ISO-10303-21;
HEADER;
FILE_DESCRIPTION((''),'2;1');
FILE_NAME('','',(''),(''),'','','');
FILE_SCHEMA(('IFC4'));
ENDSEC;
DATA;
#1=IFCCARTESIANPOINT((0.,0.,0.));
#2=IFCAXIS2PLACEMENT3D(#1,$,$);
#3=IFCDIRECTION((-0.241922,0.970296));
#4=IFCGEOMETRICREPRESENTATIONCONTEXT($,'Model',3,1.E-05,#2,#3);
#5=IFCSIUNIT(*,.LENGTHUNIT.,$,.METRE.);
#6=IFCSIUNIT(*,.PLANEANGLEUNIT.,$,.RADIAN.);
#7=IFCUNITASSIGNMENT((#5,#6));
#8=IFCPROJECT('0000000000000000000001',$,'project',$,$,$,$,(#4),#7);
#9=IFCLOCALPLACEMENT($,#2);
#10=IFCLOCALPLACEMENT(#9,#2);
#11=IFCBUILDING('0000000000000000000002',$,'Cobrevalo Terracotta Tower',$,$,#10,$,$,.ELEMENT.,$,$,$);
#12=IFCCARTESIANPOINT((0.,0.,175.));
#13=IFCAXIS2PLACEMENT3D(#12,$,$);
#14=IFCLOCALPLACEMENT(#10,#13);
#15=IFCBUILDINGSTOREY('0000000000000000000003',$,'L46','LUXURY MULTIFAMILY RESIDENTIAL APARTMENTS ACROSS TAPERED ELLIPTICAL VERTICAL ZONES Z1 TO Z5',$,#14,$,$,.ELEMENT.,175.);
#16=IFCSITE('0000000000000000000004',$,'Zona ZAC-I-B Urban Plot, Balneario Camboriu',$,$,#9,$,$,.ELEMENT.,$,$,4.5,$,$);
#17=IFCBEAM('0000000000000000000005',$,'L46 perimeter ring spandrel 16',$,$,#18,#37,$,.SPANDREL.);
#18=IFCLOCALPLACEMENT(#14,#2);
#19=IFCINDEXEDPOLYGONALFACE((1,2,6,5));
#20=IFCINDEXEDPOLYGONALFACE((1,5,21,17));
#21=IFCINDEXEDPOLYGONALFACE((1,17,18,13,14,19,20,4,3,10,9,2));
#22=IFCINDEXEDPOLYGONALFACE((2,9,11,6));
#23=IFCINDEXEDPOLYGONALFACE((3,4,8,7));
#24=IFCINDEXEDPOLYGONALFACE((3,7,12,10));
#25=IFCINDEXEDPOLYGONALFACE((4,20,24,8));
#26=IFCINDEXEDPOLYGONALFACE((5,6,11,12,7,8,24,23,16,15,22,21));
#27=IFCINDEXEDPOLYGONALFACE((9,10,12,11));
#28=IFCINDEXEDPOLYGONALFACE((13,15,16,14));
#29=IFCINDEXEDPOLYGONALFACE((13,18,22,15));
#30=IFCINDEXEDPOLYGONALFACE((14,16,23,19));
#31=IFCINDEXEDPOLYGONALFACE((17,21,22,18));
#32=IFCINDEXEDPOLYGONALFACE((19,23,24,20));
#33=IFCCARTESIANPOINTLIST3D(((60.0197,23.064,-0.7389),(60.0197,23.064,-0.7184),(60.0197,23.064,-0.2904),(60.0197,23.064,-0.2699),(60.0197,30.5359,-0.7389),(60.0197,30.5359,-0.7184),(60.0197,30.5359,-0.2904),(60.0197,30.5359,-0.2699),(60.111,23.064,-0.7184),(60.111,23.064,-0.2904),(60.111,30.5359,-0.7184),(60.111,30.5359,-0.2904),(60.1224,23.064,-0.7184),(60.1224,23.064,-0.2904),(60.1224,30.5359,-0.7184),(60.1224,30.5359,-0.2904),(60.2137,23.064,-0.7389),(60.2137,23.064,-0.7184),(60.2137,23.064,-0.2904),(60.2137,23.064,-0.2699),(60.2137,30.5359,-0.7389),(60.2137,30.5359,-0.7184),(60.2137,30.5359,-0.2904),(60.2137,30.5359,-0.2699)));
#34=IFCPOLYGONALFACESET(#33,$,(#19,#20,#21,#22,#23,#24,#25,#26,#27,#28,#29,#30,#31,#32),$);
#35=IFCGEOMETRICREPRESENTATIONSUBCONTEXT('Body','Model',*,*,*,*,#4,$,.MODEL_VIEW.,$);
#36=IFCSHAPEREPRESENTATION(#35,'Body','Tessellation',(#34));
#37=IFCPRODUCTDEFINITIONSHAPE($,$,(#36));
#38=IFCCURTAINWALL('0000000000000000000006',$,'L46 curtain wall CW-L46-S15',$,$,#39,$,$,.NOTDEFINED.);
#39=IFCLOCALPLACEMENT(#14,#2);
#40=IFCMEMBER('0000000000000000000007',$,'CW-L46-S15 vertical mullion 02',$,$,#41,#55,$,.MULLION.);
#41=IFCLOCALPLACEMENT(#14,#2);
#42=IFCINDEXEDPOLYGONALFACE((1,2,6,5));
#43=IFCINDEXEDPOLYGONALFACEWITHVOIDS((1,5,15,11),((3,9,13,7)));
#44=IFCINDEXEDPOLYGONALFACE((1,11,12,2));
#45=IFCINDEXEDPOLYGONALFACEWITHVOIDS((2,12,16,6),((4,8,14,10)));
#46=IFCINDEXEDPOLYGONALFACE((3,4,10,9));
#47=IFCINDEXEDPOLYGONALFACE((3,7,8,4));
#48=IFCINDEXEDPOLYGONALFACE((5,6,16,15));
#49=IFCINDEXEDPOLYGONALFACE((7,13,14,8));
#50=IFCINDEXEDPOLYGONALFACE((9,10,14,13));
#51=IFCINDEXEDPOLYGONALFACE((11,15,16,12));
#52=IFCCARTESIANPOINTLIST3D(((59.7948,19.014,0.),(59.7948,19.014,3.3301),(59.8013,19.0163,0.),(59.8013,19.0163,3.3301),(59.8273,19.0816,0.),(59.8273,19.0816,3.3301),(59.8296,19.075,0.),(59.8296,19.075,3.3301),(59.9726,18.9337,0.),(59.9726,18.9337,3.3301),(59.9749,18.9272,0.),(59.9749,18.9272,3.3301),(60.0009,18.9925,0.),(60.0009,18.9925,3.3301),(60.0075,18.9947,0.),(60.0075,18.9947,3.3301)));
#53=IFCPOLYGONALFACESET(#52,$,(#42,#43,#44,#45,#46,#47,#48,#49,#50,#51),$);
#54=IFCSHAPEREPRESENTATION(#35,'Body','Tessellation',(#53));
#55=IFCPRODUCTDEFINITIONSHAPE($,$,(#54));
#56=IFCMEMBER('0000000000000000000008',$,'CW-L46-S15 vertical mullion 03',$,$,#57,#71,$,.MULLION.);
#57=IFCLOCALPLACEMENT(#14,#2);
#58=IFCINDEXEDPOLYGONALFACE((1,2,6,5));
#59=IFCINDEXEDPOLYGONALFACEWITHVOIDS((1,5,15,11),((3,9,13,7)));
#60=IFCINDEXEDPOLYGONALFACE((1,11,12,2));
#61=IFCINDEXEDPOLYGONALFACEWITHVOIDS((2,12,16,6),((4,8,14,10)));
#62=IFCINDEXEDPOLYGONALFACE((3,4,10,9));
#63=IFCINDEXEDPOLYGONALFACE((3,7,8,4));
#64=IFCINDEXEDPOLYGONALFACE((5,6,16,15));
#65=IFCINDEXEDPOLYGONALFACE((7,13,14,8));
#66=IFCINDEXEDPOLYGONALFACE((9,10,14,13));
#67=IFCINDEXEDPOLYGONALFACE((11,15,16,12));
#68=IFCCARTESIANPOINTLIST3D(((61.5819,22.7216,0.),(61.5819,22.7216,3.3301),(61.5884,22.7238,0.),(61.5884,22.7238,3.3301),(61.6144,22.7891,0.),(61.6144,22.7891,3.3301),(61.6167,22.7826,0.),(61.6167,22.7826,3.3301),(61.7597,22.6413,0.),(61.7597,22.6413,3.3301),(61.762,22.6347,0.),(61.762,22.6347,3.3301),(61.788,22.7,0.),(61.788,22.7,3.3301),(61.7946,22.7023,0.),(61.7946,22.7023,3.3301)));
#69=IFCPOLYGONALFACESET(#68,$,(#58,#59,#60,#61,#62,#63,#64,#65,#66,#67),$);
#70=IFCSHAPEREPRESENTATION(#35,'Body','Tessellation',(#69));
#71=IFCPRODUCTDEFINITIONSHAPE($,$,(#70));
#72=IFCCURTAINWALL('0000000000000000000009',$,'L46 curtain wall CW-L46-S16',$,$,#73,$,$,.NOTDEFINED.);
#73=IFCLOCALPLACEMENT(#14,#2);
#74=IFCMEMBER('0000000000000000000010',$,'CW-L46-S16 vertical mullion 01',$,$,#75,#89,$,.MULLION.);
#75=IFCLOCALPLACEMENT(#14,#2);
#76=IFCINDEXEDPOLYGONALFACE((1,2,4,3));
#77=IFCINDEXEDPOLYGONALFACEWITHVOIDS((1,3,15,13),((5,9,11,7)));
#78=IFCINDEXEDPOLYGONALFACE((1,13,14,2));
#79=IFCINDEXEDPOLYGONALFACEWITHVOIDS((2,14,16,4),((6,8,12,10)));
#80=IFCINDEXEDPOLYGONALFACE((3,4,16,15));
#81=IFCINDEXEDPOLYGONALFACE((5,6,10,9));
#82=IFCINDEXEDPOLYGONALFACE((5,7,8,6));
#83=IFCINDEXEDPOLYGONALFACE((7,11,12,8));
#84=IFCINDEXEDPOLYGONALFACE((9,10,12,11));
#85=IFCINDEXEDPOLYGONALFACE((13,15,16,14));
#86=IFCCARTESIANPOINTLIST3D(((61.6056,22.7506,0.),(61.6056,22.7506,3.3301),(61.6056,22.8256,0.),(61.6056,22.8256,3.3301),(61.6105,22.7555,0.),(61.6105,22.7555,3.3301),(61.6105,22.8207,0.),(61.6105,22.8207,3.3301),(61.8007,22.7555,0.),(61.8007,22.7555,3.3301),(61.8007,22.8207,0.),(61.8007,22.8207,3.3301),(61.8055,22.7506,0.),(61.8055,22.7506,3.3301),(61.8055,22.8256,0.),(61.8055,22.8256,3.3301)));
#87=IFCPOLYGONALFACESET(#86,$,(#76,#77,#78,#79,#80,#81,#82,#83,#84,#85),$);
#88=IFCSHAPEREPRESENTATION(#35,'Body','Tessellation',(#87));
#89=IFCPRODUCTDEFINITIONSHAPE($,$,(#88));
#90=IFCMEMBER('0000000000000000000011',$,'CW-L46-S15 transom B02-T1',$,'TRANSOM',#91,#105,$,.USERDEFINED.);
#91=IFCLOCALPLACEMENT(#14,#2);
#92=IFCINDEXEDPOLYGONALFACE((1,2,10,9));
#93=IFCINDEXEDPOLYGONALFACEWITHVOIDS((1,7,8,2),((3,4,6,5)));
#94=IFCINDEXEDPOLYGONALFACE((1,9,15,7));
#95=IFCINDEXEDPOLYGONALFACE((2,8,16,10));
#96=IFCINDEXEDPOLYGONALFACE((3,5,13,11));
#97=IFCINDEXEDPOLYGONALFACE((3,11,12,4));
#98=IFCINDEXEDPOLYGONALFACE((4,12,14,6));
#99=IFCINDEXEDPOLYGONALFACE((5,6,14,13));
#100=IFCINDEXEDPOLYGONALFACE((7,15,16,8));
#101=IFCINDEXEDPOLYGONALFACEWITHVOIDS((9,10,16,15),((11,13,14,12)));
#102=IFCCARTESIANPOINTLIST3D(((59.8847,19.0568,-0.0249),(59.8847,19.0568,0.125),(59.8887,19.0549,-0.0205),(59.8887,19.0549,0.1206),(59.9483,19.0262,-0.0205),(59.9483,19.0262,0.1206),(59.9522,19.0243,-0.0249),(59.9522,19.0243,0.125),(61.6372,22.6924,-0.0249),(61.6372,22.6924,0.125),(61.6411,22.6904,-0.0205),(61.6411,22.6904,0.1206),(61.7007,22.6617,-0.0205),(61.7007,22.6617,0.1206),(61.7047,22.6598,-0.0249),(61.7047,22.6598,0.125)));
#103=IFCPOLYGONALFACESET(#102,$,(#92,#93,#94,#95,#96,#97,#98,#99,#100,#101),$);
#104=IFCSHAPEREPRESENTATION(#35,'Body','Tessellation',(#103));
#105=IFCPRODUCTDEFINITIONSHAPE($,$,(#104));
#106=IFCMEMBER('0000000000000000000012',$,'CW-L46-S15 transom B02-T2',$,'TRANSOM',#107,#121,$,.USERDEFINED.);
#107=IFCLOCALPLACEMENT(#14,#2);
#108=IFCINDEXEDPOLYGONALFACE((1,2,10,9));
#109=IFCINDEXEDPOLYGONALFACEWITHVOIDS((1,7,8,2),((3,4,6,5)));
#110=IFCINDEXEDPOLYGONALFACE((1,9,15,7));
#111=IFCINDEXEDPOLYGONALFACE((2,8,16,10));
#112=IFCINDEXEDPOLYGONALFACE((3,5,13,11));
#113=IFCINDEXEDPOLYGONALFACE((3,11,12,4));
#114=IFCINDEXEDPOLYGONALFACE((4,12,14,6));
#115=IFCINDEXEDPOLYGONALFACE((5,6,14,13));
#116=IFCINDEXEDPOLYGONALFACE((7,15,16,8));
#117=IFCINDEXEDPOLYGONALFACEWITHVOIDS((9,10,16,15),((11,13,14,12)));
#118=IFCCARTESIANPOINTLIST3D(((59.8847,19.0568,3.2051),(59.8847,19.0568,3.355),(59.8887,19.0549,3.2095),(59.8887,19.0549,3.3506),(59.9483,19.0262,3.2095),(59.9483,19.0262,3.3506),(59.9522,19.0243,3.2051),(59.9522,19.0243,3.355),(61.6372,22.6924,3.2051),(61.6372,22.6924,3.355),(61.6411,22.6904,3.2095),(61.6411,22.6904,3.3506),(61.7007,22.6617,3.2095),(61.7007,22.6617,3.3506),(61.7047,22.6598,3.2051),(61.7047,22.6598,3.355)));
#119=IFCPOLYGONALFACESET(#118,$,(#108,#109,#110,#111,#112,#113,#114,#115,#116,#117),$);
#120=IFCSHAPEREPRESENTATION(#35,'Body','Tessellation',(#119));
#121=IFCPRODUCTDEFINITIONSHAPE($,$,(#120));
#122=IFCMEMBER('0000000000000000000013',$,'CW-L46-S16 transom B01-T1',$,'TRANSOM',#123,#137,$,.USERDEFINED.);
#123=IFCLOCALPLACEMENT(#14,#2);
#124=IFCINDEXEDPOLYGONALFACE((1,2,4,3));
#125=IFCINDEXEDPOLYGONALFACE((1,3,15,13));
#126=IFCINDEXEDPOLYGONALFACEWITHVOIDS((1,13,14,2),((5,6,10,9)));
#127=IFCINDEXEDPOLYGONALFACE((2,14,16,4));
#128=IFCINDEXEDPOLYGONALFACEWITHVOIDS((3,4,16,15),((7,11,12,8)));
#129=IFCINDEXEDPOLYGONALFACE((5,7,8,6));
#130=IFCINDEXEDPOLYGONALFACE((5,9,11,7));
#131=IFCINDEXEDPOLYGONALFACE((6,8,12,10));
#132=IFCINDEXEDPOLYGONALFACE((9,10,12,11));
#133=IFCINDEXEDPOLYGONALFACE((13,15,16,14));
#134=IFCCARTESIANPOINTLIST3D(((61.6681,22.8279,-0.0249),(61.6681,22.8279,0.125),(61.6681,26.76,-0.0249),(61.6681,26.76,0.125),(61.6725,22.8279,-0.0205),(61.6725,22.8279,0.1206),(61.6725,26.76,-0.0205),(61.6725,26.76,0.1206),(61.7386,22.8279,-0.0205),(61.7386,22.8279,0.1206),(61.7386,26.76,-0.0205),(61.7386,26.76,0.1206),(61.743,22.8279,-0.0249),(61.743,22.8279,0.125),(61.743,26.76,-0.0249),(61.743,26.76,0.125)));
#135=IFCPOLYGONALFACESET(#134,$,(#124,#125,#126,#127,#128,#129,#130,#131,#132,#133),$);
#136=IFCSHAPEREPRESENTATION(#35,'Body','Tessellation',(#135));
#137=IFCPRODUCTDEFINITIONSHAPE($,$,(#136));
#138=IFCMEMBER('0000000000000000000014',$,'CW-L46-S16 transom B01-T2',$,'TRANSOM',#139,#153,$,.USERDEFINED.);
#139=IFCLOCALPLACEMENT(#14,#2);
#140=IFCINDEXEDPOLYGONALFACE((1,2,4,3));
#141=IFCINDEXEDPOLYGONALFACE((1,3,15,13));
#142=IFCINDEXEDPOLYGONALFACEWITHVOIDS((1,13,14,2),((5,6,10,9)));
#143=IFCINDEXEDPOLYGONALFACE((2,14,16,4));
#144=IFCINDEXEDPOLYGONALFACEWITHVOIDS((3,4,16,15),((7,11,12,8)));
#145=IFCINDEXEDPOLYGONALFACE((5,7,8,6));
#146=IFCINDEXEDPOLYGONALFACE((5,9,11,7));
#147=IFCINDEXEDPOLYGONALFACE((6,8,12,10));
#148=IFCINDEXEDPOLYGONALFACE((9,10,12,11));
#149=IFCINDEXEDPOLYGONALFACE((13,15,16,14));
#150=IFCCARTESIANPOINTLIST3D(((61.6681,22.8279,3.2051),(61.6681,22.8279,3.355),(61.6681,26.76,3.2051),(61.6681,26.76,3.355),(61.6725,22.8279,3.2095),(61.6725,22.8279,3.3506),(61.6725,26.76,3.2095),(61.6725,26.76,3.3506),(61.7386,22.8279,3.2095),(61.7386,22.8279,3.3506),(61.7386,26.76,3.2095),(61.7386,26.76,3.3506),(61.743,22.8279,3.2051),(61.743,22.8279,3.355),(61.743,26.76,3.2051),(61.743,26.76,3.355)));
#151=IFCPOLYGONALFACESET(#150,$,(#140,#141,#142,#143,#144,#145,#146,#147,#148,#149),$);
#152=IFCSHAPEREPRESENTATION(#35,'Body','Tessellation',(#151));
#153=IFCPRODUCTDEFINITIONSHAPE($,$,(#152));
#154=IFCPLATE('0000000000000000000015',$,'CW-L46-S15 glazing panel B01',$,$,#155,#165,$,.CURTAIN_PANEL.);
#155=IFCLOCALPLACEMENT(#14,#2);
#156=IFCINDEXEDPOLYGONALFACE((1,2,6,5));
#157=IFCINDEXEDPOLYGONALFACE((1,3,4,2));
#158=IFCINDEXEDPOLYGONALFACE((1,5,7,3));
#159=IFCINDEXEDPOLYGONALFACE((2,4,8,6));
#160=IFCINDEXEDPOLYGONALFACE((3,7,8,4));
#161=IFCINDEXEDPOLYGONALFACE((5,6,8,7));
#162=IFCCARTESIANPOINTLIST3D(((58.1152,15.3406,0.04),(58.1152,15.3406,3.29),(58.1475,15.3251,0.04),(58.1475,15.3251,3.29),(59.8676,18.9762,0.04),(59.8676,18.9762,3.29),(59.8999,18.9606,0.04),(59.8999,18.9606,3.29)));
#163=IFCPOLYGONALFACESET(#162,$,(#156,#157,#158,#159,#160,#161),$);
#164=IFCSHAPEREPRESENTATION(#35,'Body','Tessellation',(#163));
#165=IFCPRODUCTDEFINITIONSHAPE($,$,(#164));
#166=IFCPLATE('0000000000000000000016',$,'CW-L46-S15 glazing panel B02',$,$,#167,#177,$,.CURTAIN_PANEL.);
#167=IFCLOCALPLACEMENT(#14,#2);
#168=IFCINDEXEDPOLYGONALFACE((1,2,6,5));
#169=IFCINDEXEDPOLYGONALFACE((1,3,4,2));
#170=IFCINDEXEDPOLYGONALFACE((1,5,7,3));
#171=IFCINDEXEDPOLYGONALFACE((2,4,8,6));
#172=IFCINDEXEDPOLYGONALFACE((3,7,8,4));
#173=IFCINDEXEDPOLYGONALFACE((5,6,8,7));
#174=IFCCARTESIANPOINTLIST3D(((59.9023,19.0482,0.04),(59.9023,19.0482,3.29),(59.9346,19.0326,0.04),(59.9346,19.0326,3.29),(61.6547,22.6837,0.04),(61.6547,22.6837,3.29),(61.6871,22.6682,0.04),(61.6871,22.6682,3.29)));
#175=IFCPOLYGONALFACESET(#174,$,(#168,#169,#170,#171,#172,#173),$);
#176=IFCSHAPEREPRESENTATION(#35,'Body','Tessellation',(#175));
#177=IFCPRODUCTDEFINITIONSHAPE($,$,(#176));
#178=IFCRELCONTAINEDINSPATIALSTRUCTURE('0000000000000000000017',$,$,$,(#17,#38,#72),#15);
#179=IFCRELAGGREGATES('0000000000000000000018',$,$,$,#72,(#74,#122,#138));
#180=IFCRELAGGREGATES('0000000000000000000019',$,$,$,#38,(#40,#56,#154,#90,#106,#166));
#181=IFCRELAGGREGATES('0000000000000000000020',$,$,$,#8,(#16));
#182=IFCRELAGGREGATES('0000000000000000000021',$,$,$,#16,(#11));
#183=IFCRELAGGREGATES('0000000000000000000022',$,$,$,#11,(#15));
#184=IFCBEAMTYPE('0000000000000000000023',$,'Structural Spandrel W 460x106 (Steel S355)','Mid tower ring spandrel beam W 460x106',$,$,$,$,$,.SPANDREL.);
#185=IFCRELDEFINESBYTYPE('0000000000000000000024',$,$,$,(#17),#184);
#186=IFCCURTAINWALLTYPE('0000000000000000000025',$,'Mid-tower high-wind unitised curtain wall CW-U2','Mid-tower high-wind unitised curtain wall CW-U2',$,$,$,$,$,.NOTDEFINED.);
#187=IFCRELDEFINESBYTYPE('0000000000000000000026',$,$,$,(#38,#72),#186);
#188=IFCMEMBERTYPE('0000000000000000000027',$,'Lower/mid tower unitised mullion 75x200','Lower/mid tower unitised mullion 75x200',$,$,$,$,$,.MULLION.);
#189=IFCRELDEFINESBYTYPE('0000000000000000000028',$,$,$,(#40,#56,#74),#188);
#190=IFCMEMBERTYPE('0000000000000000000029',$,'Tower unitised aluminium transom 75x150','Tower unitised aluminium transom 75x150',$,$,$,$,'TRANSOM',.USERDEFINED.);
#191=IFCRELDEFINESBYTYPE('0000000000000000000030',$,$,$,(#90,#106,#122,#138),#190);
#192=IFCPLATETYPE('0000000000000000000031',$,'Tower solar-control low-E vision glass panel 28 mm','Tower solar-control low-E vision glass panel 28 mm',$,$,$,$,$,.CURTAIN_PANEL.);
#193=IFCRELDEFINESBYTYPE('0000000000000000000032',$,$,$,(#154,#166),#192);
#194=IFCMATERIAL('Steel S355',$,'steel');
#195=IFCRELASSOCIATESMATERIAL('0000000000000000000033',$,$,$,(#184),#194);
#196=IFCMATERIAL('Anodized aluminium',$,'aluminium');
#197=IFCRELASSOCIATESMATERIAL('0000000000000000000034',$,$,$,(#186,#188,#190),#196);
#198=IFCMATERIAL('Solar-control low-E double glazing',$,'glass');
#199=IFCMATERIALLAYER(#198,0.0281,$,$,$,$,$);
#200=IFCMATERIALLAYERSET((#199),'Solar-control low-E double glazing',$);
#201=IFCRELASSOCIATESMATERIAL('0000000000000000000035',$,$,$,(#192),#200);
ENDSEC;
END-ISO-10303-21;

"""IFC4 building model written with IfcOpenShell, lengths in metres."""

from ifc_helpers import new_model, si_unit, direction, frame, origin, origin_2d, place, context, subcontext, project, spatial, rectangle, hollow_rectangle, i_section, extrude, source, transform, mapped, material, layer, layer_set, material_profile, profile_set, type_object, element, aggregate, save


model = new_model("IFC4")

# Units and contexts
model_context = context("Model", 3, precision=1e-05, world=origin(), true_north=direction((-0.241922, 0.970296)))
body_context = subcontext(model_context, "Body", "Model", "MODEL_VIEW")
ifc_project = project(units=[si_unit("LENGTHUNIT", "METRE"), si_unit("PLANEANGLEUNIT", "RADIAN")], contexts=[model_context])

# Site, building, storey
site_placement = place(None, origin())
site = spatial("IfcSite", under=ifc_project, at=site_placement, Name="Zona ZAC-I-B Urban Plot, Balneario Camboriu", CompositionType="ELEMENT", RefElevation=4.5)
building_placement = place(site_placement, origin())
building = spatial("IfcBuilding", under=site, at=building_placement, Name="Cobrevalo Terracotta Tower", CompositionType="ELEMENT")
storey_placement = place(building_placement, frame((0.0, 0.0, 175.0)))
storey = spatial("IfcBuildingStorey", under=building, at=storey_placement, Name="L46", Description="LUXURY MULTIFAMILY RESIDENTIAL APARTMENTS ACROSS TAPERED ELLIPTICAL VERTICAL ZONES Z1 TO Z5", CompositionType="ELEMENT", Elevation=175.0)

# Shared definitions
ifc_material_1 = material(Name="Steel S355", Category="steel")

# Beam
ifc_material_profile_1 = material_profile(ifc_material_1, i_section(OverallWidth=0.1941, OverallDepth=0.469, WebThickness=0.0115, FlangeThickness=0.0205, at=origin_2d()), Name="W 460x106")
ifc_profile_set_1 = profile_set([ifc_material_profile_1], Name="Steel S355")
beam_type_1 = type_object("IfcBeamType", Name="Structural Spandrel W 460x106 (Steel S355)", Description="Mid tower ring spandrel beam W 460x106", PredefinedType="SPANDREL", material=ifc_profile_set_1)
beam_1_placement = place(storey_placement, frame((60.1167, 23.064, -0.5044), z_axis=(0.0, 1.0, 0.0), x_axis=(-1.0, 0.0, 0.0)))
element("IfcBeam", 1, at=beam_1_placement, inside=storey, type_object=beam_type_1, Name="L46 perimeter ring spandrel 16", PredefinedType="SPANDREL", context=body_context, shape_type="SweptSolid", body=[
    extrude(i_section(OverallWidth=0.1941, OverallDepth=0.469, WebThickness=0.0115, FlangeThickness=0.0205, at=origin_2d()), origin(), (0.0, 0.0, 1.0), 7.4719),
])

# Curtain wall, members
ifc_material_2 = material(Name="Anodized aluminium", Category="aluminium")
curtain_wall_type = type_object("IfcCurtainWallType", Name="Mid-tower high-wind unitised curtain wall CW-U2", Description="Mid-tower high-wind unitised curtain wall CW-U2", PredefinedType="NOTDEFINED", material=ifc_material_2)
curtain_wall_1_placement = place(storey_placement, origin())
curtain_wall_1 = element("IfcCurtainWall", 2, at=curtain_wall_1_placement, inside=storey, type_object=curtain_wall_type, Name="L46 curtain wall CW-L46-S15", PredefinedType="NOTDEFINED")
ifc_material_profile_2 = material_profile(ifc_material_2, hollow_rectangle(XDim=0.075, YDim=0.2, WallThickness=0.0049, at=origin_2d()), Name="CWM 75x200")
ifc_profile_set_2 = profile_set([ifc_material_profile_2], Name="Anodized aluminium")
member_type_1 = type_object("IfcMemberType", Name="Lower/mid tower unitised mullion 75x200", Description="Lower/mid tower unitised mullion 75x200", PredefinedType="MULLION", material=ifc_profile_set_2)
shared_shape_1 = source(origin(), body_context, "Body", "SweptSolid", [
    extrude(hollow_rectangle(XDim=0.075, YDim=0.2, WallThickness=0.0049, at=origin_2d()), origin(), (0.0, 0.0, 1.0), 3.3301),
])
member_1_placement = place(storey_placement, frame((59.9011, 19.0044, 0.0), z_axis=(0.0, 0.0, 1.0), x_axis=(0.434209, 0.900812, 0.0)))
member_1 = element("IfcMember", 3, at=member_1_placement, type_object=member_type_1, Name="CW-L46-S15 vertical mullion 02", PredefinedType="MULLION", context=body_context, shape_type="MappedRepresentation", body=[
    mapped(shared_shape_1, transform((0.0, 0.0, 0.0), scale=1.0)),
])
member_2_placement = place(storey_placement, frame((61.6882, 22.7119, 0.0), z_axis=(0.0, 0.0, 1.0), x_axis=(0.434209, 0.900812, 0.0)))
member_2 = element("IfcMember", 4, at=member_2_placement, type_object=member_type_1, Name="CW-L46-S15 vertical mullion 03", PredefinedType="MULLION", context=body_context, shape_type="MappedRepresentation", body=[
    mapped(shared_shape_1, transform((0.0, 0.0, 0.0), scale=1.0)),
])

# Curtain wall, member
curtain_wall_2_placement = place(storey_placement, origin())
curtain_wall_2 = element("IfcCurtainWall", 5, at=curtain_wall_2_placement, inside=storey, type_object=curtain_wall_type, Name="L46 curtain wall CW-L46-S16", PredefinedType="NOTDEFINED")
member_3_placement = place(storey_placement, frame((61.7056, 22.7881, 0.0), z_axis=(0.0, 0.0, 1.0), x_axis=(0.0, 1.0, 0.0)))
member_3 = element("IfcMember", 6, at=member_3_placement, type_object=member_type_1, Name="CW-L46-S16 vertical mullion 01", PredefinedType="MULLION", context=body_context, shape_type="MappedRepresentation", body=[
    mapped(shared_shape_1, transform((0.0, 0.0, 0.0), scale=1.0)),
])

# Members
ifc_material_profile_3 = material_profile(ifc_material_2, hollow_rectangle(XDim=0.075, YDim=0.1499, WallThickness=0.0044, at=origin_2d()), Name="CWT 75x150")
ifc_profile_set_3 = profile_set([ifc_material_profile_3], Name="Anodized aluminium")
member_type_2 = type_object("IfcMemberType", Name="Tower unitised aluminium transom 75x150", Description="Tower unitised aluminium transom 75x150", ElementType="TRANSOM", PredefinedType="USERDEFINED", material=ifc_profile_set_3)
shared_shape_2 = source(origin(), body_context, "Body", "SweptSolid", [
    extrude(hollow_rectangle(XDim=0.075, YDim=0.1499, WallThickness=0.0044, at=origin_2d()), origin(), (0.0, 0.0, 1.0), 4.0359),
])
member_4_placement = place(storey_placement, frame((59.9185, 19.0405, 0.05), z_axis=(0.434221, 0.900806, 0.0), x_axis=(-0.900806, 0.434221, 0.0)))
member_4 = element("IfcMember", 7, at=member_4_placement, type_object=member_type_2, Name="CW-L46-S15 transom B02-T1", ObjectType="TRANSOM", PredefinedType="USERDEFINED", context=body_context, shape_type="MappedRepresentation", body=[
    mapped(shared_shape_2, transform((0.0, 0.0, 0.0), scale=1.0)),
])
member_5_placement = place(storey_placement, frame((59.9185, 19.0405, 3.28), z_axis=(0.434221, 0.900806, 0.0), x_axis=(-0.900806, 0.434221, 0.0)))
member_5 = element("IfcMember", 8, at=member_5_placement, type_object=member_type_2, Name="CW-L46-S15 transom B02-T2", ObjectType="TRANSOM", PredefinedType="USERDEFINED", context=body_context, shape_type="MappedRepresentation", body=[
    mapped(shared_shape_2, transform((0.0, 0.0, 0.0), scale=1.0)),
])
shared_shape_3 = source(origin(), body_context, "Body", "SweptSolid", [
    extrude(hollow_rectangle(XDim=0.075, YDim=0.1499, WallThickness=0.0044, at=origin_2d()), origin(), (0.0, 0.0, 1.0), 3.9321),
])
member_6_placement = place(storey_placement, frame((61.7056, 22.8279, 0.05), z_axis=(0.0, 1.0, 0.0), x_axis=(-1.0, 0.0, 0.0)))
member_6 = element("IfcMember", 9, at=member_6_placement, type_object=member_type_2, Name="CW-L46-S16 transom B01-T1", ObjectType="TRANSOM", PredefinedType="USERDEFINED", context=body_context, shape_type="MappedRepresentation", body=[
    mapped(shared_shape_3, transform((0.0, 0.0, 0.0), scale=1.0)),
])
member_7_placement = place(storey_placement, frame((61.7056, 22.8279, 3.28), z_axis=(0.0, 1.0, 0.0), x_axis=(-1.0, 0.0, 0.0)))
member_7 = element("IfcMember", 10, at=member_7_placement, type_object=member_type_2, Name="CW-L46-S16 transom B01-T2", ObjectType="TRANSOM", PredefinedType="USERDEFINED", context=body_context, shape_type="MappedRepresentation", body=[
    mapped(shared_shape_3, transform((0.0, 0.0, 0.0), scale=1.0)),
])
aggregate(curtain_wall_2, [member_3, member_6, member_7])

# Plates
ifc_material_3 = material(Name="Solar-control low-E double glazing", Category="glass")
ifc_layer_1 = layer(ifc_material_3, 0.0281)
ifc_layer_set_1 = layer_set([ifc_layer_1], Name="Solar-control low-E double glazing")
plate_type = type_object("IfcPlateType", Name="Tower solar-control low-E vision glass panel 28 mm", Description="Tower solar-control low-E vision glass panel 28 mm", PredefinedType="CURTAIN_PANEL", material=ifc_layer_set_1)
shared_shape_4 = source(origin(), body_context, "Body", "SweptSolid", [
    extrude(rectangle(XDim=4.0359, YDim=0.0359, at=origin_2d()), origin(), (0.0, 0.0, 1.0), 3.25),
])
plate_1_placement = place(storey_placement, frame((59.0076, 17.1506, 0.04), z_axis=(0.0, 0.0, 1.0), x_axis=(0.434209, 0.900812, 0.0)))
plate_1 = element("IfcPlate", 11, at=plate_1_placement, type_object=plate_type, Name="CW-L46-S15 glazing panel B01", PredefinedType="CURTAIN_PANEL", context=body_context, shape_type="MappedRepresentation", body=[
    mapped(shared_shape_4, transform((0.0, 0.0, 0.0), scale=1.0)),
])
plate_2_placement = place(storey_placement, frame((60.7947, 20.8582, 0.04), z_axis=(0.0, 0.0, 1.0), x_axis=(0.434209, 0.900812, 0.0)))
plate_2 = element("IfcPlate", 12, at=plate_2_placement, type_object=plate_type, Name="CW-L46-S15 glazing panel B02", PredefinedType="CURTAIN_PANEL", context=body_context, shape_type="MappedRepresentation", body=[
    mapped(shared_shape_4, transform((0.0, 0.0, 0.0), scale=1.0)),
])
aggregate(curtain_wall_1, [member_1, member_2, plate_1, member_4, member_5, plate_2])

save(model, "model.ifc")
